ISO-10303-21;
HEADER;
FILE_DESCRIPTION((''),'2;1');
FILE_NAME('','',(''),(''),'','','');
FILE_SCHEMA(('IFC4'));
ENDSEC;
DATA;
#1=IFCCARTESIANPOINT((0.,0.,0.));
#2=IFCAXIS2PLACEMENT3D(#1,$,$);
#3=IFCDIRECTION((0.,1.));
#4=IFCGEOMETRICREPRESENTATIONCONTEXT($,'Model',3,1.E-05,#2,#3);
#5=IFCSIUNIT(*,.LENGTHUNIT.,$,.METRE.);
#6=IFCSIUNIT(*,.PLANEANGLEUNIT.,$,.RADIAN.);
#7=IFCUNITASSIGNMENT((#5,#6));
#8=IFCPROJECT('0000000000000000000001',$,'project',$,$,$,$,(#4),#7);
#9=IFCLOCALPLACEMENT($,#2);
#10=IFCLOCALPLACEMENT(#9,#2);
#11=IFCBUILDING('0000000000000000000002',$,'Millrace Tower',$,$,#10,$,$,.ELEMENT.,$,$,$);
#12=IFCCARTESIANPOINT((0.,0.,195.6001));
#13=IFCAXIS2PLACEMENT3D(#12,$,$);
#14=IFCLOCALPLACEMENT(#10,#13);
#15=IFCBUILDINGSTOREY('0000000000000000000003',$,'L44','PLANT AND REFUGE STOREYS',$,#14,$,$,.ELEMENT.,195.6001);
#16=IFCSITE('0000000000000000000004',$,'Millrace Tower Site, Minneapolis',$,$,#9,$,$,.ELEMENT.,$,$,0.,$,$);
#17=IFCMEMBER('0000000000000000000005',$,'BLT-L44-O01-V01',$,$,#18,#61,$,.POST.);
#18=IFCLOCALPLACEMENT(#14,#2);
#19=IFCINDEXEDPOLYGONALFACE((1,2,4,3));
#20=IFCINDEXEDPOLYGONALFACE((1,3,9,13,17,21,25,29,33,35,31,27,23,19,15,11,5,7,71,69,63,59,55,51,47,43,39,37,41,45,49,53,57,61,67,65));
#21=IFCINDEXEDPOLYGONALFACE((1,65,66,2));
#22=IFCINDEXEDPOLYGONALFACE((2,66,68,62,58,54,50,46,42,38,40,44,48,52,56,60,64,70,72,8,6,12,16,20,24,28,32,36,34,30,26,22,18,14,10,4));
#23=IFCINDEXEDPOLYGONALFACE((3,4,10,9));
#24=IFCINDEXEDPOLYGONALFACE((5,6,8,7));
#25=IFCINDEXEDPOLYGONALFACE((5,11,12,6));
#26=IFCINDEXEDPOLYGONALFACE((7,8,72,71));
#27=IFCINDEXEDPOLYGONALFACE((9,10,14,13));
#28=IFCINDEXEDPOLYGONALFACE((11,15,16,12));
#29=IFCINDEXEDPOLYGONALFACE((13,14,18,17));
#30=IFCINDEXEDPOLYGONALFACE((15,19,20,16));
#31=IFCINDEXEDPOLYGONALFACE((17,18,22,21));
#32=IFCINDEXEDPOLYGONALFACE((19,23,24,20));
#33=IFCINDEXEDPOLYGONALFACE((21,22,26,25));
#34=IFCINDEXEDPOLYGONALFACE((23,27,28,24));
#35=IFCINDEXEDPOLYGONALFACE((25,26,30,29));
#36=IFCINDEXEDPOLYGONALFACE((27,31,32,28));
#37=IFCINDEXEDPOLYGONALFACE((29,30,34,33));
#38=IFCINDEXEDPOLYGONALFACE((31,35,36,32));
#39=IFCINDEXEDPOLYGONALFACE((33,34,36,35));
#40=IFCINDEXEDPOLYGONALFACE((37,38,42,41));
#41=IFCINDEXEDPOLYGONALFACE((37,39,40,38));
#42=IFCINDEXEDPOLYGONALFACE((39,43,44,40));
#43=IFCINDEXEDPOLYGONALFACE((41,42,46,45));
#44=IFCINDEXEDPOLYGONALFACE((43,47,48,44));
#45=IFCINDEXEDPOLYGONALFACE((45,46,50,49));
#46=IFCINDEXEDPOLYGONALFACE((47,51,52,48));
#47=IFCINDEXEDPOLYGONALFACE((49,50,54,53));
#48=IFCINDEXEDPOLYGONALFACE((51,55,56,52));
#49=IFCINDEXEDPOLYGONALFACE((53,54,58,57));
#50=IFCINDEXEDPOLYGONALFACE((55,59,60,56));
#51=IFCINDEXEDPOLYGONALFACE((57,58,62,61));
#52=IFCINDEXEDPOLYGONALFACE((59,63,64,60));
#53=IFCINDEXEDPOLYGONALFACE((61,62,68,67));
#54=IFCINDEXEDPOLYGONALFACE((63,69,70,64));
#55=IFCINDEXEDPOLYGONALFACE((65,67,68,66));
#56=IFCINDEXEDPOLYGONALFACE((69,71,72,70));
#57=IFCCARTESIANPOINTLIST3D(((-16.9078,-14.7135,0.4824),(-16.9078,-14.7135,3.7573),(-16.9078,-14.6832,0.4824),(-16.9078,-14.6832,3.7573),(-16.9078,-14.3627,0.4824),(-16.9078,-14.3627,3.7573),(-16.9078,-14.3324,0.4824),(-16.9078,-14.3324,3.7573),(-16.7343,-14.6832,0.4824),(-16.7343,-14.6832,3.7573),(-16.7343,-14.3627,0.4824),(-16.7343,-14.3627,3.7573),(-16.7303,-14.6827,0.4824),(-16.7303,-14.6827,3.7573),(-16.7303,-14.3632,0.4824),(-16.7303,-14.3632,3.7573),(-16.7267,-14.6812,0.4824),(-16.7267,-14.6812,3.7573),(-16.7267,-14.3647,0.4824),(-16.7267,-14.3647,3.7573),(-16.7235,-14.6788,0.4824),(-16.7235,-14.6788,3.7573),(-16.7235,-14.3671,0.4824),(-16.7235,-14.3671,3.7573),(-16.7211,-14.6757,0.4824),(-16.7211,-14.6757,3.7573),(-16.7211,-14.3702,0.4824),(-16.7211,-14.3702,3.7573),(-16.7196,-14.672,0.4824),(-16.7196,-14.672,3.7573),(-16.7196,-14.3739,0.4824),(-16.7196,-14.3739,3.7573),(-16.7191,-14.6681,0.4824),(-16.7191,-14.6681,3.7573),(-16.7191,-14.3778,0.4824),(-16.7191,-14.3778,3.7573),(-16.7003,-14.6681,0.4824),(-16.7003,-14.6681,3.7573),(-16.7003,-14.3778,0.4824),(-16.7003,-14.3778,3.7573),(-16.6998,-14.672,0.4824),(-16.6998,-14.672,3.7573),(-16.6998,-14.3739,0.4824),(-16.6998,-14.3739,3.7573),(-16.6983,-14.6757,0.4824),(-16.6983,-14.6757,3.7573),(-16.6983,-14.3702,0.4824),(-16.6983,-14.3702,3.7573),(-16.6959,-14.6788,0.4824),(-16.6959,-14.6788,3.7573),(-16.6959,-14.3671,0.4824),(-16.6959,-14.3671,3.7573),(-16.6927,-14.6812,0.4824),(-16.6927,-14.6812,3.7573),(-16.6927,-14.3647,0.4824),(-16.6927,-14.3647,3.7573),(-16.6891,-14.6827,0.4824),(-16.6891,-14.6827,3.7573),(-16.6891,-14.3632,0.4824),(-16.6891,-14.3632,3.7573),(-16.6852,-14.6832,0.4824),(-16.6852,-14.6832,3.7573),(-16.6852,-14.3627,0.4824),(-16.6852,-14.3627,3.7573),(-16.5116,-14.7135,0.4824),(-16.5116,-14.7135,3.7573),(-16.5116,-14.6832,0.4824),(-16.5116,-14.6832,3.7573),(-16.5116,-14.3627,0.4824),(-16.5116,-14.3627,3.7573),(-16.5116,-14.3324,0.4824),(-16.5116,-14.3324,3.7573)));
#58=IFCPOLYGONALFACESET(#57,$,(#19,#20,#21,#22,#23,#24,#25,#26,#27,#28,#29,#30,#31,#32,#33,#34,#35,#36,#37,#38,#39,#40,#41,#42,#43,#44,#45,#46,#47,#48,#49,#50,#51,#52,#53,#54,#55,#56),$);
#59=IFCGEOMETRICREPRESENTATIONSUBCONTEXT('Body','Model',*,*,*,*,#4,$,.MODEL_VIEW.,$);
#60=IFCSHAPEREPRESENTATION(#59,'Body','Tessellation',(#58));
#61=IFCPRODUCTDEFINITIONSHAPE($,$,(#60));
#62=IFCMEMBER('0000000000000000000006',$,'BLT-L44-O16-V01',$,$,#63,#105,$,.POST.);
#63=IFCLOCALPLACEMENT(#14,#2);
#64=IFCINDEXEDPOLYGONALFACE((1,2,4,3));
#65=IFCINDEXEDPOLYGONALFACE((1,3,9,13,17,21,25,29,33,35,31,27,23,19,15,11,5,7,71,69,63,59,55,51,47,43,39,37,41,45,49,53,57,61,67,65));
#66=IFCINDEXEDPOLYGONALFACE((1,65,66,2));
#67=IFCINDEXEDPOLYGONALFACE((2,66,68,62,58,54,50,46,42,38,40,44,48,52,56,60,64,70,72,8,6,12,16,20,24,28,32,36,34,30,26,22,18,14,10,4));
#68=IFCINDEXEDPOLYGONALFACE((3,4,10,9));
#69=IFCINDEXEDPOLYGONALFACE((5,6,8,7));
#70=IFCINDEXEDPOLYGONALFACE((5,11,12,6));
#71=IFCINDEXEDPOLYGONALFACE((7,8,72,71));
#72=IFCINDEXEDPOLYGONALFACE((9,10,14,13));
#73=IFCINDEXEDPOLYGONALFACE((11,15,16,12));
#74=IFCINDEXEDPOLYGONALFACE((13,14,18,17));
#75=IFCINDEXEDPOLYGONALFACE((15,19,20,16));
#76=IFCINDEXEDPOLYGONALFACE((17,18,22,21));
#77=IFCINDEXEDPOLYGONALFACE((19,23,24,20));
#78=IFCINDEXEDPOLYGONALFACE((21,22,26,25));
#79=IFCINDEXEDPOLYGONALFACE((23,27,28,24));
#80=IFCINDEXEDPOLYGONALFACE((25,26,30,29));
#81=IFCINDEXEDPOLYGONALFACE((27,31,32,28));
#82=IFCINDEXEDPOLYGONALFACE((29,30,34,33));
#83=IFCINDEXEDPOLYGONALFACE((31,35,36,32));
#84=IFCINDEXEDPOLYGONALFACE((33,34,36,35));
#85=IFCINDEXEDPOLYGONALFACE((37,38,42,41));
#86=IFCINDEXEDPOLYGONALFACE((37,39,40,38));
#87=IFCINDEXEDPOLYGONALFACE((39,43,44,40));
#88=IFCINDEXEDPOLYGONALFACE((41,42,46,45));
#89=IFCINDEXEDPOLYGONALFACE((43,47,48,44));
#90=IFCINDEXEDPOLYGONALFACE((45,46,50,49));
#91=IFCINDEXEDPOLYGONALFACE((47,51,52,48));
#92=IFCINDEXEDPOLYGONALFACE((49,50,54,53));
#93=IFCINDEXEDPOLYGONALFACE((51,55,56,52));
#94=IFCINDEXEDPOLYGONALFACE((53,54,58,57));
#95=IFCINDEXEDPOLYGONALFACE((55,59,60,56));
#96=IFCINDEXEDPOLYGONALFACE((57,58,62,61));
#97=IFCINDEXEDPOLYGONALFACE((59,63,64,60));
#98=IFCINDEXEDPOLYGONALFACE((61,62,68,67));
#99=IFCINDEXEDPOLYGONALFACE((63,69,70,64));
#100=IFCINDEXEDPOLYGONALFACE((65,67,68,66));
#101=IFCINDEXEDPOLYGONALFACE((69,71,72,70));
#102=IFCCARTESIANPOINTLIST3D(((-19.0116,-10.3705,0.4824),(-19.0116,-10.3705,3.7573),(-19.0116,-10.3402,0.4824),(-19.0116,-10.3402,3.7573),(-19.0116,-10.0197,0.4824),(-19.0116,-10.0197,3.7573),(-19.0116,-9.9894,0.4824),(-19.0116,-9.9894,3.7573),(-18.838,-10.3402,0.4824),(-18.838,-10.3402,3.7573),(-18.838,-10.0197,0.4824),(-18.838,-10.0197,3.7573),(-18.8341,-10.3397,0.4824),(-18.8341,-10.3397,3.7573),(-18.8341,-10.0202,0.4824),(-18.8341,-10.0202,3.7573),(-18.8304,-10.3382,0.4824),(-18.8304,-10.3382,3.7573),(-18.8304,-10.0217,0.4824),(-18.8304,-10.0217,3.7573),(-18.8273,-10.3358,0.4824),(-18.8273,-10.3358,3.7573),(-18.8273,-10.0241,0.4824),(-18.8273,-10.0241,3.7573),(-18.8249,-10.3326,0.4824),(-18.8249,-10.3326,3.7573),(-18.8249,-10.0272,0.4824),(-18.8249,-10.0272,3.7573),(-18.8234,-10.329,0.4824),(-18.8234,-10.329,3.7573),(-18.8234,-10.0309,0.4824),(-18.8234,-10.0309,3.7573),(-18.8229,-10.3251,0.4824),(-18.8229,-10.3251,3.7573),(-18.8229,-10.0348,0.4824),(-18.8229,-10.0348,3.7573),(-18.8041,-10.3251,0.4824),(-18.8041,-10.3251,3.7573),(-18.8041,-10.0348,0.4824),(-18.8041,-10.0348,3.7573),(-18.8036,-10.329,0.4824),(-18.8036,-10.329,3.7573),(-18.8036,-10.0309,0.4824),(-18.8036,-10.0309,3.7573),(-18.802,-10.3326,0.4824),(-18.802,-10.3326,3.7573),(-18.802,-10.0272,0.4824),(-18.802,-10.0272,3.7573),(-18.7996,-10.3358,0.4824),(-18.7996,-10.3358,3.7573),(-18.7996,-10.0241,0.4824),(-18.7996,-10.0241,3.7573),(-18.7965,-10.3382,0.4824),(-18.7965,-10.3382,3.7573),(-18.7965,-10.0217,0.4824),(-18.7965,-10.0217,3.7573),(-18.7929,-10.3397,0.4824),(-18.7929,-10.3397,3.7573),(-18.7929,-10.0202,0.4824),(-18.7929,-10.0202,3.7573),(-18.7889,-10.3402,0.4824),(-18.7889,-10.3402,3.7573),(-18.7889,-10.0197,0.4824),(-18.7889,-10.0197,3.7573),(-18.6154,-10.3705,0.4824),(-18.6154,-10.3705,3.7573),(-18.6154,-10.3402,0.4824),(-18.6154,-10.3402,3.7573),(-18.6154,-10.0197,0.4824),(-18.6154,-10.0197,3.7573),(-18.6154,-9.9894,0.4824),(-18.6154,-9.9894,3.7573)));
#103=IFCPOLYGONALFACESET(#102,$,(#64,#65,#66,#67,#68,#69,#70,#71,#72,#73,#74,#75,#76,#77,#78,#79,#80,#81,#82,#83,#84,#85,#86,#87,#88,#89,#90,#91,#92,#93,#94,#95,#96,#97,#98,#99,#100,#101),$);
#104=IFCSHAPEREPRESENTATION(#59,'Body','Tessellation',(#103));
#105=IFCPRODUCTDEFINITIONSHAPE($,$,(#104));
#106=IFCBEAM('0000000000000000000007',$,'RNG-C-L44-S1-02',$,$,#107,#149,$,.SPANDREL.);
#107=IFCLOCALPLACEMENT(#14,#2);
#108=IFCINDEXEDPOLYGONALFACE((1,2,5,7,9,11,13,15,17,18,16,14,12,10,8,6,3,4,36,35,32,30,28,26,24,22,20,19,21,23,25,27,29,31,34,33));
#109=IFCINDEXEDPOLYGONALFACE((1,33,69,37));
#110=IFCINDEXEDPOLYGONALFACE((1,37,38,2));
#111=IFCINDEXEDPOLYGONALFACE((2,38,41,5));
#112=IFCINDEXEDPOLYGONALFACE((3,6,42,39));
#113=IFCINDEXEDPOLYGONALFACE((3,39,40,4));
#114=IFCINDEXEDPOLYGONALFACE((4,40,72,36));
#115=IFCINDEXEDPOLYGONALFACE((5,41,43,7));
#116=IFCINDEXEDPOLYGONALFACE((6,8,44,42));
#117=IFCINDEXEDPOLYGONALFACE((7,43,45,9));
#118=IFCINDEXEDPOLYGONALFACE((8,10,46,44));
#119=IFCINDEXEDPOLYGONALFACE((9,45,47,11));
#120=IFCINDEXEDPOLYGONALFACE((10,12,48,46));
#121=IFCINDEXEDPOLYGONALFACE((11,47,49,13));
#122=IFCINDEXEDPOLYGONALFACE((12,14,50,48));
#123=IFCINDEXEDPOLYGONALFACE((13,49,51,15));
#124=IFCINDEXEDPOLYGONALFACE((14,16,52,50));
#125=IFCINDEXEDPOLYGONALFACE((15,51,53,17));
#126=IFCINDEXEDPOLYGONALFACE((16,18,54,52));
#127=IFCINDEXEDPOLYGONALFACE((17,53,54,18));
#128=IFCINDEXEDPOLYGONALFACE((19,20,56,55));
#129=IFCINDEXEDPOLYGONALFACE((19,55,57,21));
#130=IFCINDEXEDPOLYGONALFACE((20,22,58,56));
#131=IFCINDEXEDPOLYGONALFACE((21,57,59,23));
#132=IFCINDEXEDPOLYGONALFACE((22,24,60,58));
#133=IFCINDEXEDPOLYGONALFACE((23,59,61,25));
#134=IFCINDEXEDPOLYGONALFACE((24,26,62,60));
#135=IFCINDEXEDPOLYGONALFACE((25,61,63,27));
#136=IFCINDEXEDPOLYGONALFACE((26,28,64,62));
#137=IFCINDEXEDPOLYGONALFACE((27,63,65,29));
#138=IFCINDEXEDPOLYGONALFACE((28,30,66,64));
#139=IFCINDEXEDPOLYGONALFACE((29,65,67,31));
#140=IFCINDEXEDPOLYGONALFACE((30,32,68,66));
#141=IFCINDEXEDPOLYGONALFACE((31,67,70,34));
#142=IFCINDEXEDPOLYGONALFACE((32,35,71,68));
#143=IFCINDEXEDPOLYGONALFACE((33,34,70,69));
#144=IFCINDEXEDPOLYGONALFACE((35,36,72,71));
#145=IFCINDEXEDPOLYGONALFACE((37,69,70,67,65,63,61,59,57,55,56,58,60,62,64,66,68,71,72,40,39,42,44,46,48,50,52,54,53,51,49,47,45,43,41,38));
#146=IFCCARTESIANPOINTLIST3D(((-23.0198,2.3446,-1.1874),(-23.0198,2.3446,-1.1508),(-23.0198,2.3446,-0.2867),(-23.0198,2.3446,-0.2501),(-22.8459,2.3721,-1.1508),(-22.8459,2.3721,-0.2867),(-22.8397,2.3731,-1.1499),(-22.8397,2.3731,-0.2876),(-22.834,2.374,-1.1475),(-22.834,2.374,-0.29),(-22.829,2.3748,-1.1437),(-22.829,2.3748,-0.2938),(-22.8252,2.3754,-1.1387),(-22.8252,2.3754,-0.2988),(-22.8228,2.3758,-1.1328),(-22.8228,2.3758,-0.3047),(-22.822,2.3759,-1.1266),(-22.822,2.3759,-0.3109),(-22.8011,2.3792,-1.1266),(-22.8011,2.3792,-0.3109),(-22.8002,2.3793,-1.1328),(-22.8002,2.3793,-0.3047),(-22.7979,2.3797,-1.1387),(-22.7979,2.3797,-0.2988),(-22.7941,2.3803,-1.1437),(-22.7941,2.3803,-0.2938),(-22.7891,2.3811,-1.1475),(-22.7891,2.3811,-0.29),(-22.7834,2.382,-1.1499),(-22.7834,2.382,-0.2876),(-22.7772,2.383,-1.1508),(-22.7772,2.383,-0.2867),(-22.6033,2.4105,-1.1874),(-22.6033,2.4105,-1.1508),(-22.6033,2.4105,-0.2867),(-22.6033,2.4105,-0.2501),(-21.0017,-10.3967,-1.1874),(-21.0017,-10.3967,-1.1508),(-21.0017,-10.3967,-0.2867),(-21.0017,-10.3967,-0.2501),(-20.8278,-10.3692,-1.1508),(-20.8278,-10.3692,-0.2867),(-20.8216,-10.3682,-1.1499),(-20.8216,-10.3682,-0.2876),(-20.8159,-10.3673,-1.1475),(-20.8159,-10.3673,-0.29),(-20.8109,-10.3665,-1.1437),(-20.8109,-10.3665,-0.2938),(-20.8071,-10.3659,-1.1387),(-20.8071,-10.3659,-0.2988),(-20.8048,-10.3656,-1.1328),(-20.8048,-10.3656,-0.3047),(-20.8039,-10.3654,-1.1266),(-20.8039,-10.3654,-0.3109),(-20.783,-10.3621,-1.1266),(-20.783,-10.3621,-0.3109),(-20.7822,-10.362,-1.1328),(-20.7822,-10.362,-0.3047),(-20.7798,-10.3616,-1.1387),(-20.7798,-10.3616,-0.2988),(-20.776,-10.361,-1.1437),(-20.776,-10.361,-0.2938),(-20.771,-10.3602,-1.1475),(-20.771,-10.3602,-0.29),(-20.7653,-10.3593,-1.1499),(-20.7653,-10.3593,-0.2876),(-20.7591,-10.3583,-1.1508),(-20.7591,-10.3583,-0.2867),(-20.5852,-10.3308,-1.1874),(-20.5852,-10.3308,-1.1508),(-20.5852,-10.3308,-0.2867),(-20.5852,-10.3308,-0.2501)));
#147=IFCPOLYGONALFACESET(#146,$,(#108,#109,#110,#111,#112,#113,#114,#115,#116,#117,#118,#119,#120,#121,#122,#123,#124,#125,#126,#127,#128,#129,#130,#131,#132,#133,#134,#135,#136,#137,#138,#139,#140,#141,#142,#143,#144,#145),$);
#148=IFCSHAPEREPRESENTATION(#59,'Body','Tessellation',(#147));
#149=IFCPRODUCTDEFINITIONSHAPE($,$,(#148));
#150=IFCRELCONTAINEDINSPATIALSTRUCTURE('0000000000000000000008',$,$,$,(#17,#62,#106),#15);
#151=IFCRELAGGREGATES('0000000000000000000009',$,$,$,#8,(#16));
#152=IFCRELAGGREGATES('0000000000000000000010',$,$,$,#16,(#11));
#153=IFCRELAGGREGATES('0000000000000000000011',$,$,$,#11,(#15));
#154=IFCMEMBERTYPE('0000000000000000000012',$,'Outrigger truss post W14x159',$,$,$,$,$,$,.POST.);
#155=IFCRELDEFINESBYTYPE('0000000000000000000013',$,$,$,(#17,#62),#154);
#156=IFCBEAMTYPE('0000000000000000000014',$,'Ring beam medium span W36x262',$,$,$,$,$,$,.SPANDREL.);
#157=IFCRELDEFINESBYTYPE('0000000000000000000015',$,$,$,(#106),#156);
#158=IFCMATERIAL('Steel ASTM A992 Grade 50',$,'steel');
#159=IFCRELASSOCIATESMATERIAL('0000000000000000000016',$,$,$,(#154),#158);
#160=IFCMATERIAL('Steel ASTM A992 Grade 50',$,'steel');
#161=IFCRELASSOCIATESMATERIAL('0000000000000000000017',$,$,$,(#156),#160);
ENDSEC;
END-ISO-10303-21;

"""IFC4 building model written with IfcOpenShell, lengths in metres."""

from ifc_helpers import new_model, si_unit, direction, frame, origin, origin_2d, place, context, subcontext, project, spatial, i_section, extrude, material, material_profile, profile_set, type_object, element, save


model = new_model("IFC4")

# Units and contexts
model_context = context("Model", 3, precision=1e-05, world=origin(), true_north=direction((0.0, 1.0)))
body_context = subcontext(model_context, "Body", "Model", "MODEL_VIEW")
ifc_project = project(units=[si_unit("LENGTHUNIT", "METRE"), si_unit("PLANEANGLEUNIT", "RADIAN")], contexts=[model_context])

# Site, building, storey
site_placement = place(None, origin())
site = spatial("IfcSite", under=ifc_project, at=site_placement, Name="Millrace Tower Site, Minneapolis", CompositionType="ELEMENT", RefElevation=0.0)
building_placement = place(site_placement, origin())
building = spatial("IfcBuilding", under=site, at=building_placement, Name="Millrace Tower", CompositionType="ELEMENT")
storey_placement = place(building_placement, frame((0.0, 0.0, 195.6001)))
storey = spatial("IfcBuildingStorey", under=building, at=storey_placement, Name="L44", Description="PLANT AND REFUGE STOREYS", CompositionType="ELEMENT", Elevation=195.6001)

# Members
ifc_material_1 = material(Name="Steel ASTM A992 Grade 50", Category="steel")
ifc_material_profile_1 = material_profile(ifc_material_1, i_section(OverallWidth=0.3962, OverallDepth=0.3811, WebThickness=0.0188, FlangeThickness=0.0303, FilletRadius=0.0151, at=origin_2d()))
ifc_profile_set_1 = profile_set([ifc_material_profile_1], Name="Steel ASTM A992 Grade 50")
member_type_1 = type_object("IfcMemberType", Name="Outrigger truss post W14x159", PredefinedType="POST", material=ifc_profile_set_1)
for number, where, z_axis, x_axis, name in (
    (1, (-16.7097, -14.5229, 0.4824), (0.0, 0.0, 1.0), (1.0, 0.0, 0.0), "BLT-L44-O01-V01"),
    (2, (-18.8135, -10.1799, 0.4824), (0.0, 0.0, 1.0), (1.0, 0.0, 0.0), "BLT-L44-O16-V01"),
):
    element("IfcMember", number, at=place(storey_placement, frame(where, z_axis=z_axis, x_axis=x_axis)), inside=storey, type_object=member_type_1, Name=name, PredefinedType="POST", context=body_context, shape_type="SweptSolid", body=[
        extrude(i_section(OverallWidth=0.3962, OverallDepth=0.3811, WebThickness=0.0188, FlangeThickness=0.0303, FilletRadius=0.0151, at=origin_2d()), origin(), (0.0, 0.0, 1.0), 3.2749),
    ])

# Beam
ifc_material_2 = material(Name="Steel ASTM A992 Grade 50", Category="steel")
ifc_material_profile_2 = material_profile(ifc_material_2, i_section(OverallWidth=0.4216, OverallDepth=0.9373, WebThickness=0.0212, FlangeThickness=0.0366, FilletRadius=0.0242, at=origin_2d()))
ifc_profile_set_2 = profile_set([ifc_material_profile_2], Name="Steel ASTM A992 Grade 50")
beam_type_1 = type_object("IfcBeamType", Name="Ring beam medium span W36x262", PredefinedType="SPANDREL", material=ifc_profile_set_2)
beam_1_placement = place(storey_placement, frame((-20.7935, -10.3638, -0.7188), z_axis=(-0.156439, 0.987688, 0.0), x_axis=(-0.987688, -0.156439, 0.0)))
element("IfcBeam", 3, at=beam_1_placement, inside=storey, type_object=beam_type_1, Name="RNG-C-L44-S1-02", PredefinedType="SPANDREL", context=body_context, shape_type="SweptSolid", body=[
    extrude(i_section(OverallWidth=0.4216, OverallDepth=0.9373, WebThickness=0.0212, FlangeThickness=0.0366, FilletRadius=0.0242, at=origin_2d()), origin(), (0.0, 0.0, 1.0), 12.9001),
])

save(model, "model.ifc")
